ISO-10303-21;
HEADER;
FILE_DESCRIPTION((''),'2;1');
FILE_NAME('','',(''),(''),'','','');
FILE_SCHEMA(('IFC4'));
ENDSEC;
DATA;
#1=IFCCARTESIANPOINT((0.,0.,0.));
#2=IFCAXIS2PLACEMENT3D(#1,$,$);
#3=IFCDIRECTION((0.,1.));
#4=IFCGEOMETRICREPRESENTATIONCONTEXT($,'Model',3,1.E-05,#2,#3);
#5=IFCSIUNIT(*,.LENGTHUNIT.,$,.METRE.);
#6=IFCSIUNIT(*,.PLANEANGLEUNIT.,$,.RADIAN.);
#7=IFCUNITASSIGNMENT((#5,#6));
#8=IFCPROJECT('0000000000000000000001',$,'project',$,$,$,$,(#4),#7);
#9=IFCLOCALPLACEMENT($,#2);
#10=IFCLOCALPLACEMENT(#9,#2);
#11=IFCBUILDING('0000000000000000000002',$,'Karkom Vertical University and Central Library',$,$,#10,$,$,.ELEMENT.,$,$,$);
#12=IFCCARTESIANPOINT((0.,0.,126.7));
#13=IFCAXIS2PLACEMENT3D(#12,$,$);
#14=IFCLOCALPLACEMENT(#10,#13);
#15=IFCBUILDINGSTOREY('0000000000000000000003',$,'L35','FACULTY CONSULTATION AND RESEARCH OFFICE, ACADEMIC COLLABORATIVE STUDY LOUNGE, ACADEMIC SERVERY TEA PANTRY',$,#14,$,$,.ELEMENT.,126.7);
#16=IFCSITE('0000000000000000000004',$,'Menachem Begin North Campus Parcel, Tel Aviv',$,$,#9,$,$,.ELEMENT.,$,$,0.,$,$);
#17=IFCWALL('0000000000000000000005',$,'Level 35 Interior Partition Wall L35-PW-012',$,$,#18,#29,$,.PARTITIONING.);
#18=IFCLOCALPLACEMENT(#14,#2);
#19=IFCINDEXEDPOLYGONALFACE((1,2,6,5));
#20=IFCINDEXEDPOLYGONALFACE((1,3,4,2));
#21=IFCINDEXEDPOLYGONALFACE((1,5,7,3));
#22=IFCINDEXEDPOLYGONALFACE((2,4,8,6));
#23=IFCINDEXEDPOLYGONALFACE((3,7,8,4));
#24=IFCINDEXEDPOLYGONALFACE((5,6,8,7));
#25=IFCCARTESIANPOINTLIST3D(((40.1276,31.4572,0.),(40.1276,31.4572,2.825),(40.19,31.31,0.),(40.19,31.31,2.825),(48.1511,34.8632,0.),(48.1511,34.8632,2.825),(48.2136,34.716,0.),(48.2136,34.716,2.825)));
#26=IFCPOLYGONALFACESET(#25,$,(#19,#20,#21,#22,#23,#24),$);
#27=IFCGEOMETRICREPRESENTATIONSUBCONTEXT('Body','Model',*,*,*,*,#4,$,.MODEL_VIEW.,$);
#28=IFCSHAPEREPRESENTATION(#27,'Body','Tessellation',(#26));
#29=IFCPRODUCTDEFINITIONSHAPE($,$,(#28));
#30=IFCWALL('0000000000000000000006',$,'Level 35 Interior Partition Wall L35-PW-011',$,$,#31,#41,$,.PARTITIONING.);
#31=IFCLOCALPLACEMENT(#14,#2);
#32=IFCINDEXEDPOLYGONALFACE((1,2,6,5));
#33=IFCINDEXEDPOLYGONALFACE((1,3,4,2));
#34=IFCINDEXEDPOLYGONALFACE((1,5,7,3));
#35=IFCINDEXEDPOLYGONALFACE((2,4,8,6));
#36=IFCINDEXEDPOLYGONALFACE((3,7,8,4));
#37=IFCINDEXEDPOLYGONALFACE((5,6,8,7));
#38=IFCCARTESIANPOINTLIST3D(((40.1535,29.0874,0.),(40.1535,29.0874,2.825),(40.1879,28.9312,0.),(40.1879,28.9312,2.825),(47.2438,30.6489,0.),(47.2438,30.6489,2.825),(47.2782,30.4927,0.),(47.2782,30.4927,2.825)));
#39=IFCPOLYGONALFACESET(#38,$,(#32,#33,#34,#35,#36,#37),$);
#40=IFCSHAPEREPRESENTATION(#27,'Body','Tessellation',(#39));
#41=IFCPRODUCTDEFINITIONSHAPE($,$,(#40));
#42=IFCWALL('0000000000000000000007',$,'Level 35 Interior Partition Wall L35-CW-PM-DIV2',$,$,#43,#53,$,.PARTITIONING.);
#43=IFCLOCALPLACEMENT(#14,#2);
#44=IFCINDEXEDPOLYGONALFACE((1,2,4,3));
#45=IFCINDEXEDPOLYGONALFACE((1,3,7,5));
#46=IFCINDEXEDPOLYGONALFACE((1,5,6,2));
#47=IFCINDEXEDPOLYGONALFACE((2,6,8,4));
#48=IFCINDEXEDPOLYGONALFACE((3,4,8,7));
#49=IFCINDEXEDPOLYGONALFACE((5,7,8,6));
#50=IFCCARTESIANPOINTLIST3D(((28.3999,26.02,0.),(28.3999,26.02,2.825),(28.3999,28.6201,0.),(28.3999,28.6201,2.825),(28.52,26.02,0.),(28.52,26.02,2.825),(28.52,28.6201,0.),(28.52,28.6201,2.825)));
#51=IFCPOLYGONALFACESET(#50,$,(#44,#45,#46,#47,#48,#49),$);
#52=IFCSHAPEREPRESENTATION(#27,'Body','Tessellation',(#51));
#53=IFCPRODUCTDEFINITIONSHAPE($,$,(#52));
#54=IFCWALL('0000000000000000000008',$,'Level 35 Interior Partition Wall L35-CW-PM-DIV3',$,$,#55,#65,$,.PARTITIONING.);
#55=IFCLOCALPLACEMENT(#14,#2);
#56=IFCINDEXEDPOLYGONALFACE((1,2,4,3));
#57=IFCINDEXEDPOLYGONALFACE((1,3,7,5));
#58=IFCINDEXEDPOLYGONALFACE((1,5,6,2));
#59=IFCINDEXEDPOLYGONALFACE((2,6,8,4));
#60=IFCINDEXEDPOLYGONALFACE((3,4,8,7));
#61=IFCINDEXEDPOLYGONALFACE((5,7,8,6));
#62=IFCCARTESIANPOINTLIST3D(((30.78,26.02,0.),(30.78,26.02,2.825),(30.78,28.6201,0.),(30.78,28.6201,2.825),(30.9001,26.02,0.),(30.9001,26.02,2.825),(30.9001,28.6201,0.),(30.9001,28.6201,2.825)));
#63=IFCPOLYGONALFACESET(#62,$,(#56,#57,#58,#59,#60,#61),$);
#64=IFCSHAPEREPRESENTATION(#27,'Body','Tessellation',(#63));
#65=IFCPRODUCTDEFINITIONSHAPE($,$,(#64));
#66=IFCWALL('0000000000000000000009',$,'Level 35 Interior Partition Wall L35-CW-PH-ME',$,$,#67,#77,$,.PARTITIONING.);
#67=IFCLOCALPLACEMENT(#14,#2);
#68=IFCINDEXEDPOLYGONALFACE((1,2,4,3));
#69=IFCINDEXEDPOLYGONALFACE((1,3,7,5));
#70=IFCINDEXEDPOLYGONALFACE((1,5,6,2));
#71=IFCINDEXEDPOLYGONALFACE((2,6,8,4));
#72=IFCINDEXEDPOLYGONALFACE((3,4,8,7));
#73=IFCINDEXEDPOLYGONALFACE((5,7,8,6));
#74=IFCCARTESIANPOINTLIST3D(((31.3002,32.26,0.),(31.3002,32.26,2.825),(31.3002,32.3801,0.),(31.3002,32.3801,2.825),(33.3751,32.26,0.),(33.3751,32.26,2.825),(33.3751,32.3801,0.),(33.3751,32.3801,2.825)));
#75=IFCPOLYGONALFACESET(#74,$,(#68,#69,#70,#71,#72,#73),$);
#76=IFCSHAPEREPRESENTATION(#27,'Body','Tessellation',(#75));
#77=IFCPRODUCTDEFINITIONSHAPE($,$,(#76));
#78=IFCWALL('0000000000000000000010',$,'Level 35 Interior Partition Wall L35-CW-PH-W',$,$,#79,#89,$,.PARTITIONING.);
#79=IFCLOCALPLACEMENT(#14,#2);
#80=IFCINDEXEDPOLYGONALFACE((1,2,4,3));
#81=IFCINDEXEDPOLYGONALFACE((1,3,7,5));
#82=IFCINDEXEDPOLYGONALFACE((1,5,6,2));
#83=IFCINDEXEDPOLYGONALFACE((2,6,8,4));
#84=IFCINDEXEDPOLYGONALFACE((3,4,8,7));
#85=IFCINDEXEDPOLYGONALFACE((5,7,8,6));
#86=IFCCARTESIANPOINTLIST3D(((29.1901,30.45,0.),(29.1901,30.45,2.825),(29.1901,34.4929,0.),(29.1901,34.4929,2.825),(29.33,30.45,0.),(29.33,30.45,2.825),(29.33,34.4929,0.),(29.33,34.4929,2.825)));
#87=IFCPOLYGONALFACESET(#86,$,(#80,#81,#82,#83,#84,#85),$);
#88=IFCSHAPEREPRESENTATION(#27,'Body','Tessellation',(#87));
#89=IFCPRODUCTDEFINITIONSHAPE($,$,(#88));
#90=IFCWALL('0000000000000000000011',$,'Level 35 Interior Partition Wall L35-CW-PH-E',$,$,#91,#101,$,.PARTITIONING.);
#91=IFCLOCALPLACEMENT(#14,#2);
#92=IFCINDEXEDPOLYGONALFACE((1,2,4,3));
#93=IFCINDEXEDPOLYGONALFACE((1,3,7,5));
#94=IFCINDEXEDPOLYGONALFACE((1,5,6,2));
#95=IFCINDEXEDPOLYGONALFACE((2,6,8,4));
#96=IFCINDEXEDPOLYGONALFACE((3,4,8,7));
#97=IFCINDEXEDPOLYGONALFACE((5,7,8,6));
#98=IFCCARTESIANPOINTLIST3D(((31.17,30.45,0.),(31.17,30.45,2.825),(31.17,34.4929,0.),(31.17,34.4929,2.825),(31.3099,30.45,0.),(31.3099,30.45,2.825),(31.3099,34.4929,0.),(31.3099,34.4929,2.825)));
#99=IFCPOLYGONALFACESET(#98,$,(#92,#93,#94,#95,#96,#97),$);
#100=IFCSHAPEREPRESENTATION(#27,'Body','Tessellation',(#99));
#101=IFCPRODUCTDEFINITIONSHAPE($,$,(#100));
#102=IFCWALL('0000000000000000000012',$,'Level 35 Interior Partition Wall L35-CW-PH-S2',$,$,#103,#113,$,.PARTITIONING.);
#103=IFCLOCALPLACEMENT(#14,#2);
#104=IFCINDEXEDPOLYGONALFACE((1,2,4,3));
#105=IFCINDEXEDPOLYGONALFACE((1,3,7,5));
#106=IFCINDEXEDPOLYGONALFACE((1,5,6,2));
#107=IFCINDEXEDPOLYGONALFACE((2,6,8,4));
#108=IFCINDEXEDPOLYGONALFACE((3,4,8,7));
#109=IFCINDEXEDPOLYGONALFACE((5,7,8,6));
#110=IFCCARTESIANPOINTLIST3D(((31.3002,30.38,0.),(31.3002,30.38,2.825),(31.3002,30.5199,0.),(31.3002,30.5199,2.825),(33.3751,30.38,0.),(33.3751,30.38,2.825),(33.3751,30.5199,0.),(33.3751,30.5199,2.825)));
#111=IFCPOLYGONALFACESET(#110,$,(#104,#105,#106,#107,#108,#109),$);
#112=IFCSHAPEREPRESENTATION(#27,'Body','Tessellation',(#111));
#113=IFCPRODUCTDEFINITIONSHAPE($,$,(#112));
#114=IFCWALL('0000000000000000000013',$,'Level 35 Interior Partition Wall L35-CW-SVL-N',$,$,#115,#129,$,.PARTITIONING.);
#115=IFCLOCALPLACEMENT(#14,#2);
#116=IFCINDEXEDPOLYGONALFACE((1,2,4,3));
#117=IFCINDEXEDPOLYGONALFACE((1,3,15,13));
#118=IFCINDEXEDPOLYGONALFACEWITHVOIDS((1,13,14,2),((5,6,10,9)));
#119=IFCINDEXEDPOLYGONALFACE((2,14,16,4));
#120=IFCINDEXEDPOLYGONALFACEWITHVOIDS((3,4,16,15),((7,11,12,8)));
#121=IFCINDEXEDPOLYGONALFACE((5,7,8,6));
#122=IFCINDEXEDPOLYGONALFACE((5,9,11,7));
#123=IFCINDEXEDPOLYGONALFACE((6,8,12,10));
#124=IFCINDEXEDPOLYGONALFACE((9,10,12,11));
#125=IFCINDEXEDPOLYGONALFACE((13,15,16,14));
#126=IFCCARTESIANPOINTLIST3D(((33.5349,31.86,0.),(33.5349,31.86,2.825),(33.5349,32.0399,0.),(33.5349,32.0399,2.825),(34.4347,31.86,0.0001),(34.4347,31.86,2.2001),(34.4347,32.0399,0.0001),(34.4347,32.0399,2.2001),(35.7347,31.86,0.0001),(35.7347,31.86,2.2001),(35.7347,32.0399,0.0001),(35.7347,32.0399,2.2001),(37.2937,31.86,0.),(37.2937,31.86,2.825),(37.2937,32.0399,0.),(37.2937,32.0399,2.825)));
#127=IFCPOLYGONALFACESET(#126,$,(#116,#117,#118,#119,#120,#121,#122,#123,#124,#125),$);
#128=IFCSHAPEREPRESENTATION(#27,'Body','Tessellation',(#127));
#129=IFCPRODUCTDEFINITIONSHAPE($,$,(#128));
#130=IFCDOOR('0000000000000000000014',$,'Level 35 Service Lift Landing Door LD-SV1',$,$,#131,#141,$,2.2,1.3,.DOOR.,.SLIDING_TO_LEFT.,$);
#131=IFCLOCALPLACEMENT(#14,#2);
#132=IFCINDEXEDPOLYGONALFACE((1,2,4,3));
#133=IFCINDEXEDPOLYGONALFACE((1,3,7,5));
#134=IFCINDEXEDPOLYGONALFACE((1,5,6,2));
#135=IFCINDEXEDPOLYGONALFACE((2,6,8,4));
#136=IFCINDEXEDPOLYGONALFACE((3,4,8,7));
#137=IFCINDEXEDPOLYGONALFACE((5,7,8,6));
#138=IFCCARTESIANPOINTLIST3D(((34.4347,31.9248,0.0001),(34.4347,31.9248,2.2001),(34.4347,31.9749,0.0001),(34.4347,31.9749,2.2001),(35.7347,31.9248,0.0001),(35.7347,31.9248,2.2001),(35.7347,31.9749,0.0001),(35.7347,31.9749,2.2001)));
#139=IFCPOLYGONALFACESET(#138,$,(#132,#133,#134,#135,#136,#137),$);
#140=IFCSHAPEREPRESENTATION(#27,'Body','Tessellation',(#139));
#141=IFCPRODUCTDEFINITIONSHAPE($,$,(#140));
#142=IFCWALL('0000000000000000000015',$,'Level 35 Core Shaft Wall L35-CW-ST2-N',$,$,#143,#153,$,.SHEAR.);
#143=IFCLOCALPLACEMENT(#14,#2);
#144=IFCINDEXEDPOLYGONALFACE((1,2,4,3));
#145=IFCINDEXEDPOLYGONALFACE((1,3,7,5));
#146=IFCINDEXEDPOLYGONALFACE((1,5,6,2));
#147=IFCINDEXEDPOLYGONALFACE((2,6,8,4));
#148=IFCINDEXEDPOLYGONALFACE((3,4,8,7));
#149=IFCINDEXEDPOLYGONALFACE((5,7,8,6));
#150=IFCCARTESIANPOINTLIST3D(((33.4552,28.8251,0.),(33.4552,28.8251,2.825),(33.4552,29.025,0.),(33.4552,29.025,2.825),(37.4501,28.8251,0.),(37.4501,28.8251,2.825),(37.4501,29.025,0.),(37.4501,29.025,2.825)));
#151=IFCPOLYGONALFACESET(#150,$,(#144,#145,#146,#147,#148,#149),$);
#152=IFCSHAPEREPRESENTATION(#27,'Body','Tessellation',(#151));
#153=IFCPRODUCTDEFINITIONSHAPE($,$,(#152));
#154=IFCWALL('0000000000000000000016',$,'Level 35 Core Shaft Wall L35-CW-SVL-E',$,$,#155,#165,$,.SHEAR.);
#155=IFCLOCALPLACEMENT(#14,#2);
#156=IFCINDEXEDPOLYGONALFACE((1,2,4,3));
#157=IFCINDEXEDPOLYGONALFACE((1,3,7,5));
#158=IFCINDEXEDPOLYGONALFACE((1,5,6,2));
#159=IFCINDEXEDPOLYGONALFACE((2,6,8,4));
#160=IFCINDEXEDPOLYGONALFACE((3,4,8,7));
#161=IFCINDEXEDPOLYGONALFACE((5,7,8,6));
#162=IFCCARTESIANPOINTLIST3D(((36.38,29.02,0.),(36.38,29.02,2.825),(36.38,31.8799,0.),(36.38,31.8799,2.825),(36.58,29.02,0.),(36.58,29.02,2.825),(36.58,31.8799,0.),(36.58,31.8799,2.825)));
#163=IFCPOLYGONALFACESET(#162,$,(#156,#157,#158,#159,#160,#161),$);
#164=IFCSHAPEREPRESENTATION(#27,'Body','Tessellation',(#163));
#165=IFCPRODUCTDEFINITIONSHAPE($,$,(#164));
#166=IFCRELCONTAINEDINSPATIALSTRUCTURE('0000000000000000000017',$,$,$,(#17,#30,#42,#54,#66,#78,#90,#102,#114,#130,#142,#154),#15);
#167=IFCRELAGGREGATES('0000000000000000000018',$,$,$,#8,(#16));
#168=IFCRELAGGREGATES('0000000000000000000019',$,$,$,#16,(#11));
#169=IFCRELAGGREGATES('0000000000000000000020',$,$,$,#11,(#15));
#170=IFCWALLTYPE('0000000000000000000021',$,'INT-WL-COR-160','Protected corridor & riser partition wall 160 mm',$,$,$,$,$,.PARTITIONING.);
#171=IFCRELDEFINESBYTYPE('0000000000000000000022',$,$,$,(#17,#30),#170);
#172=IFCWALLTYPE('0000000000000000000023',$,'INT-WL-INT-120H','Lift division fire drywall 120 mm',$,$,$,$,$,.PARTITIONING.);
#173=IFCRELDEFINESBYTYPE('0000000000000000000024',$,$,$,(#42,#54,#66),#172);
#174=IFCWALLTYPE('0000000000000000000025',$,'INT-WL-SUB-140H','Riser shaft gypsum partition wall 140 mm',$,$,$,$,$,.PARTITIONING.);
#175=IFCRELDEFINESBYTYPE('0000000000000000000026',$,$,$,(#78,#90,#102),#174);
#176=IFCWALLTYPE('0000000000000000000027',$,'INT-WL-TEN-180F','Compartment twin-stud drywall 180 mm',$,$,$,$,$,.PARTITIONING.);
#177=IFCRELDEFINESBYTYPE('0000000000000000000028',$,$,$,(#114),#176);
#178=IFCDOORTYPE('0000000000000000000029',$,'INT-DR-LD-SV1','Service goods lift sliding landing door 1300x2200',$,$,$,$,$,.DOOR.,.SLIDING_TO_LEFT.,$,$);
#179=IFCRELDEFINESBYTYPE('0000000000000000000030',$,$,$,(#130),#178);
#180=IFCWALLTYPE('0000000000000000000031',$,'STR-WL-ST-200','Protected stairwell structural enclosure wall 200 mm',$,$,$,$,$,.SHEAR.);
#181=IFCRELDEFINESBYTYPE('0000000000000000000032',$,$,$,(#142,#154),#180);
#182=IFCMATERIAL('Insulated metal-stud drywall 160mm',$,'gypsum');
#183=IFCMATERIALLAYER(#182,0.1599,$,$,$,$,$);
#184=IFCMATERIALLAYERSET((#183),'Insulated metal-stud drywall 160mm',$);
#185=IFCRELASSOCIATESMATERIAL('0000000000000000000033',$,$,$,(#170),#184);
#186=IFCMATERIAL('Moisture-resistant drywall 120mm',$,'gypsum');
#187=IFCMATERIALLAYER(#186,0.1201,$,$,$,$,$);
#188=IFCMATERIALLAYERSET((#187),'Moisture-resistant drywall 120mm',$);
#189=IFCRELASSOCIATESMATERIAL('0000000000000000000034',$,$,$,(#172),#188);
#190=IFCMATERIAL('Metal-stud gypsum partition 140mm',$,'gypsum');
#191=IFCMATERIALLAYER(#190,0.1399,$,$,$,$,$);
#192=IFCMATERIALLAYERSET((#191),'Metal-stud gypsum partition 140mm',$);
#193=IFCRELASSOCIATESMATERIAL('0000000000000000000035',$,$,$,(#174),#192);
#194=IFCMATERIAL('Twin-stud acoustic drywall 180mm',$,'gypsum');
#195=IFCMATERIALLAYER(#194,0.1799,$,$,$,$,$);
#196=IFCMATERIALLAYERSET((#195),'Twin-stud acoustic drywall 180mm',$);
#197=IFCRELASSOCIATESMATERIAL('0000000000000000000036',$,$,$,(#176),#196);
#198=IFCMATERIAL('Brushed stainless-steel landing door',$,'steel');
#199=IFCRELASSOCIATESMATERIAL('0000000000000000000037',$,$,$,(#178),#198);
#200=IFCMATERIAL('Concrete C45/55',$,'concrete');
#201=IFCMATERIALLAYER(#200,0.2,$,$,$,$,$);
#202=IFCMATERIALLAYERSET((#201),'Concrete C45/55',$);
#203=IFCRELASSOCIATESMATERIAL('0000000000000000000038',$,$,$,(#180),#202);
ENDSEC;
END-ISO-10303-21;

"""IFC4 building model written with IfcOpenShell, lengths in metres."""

from ifc_helpers import new_model, si_unit, direction, frame, frame_2d, origin, origin_with_axes, place, context, subcontext, project, spatial, rectangle, extrude, source, transform, mapped, material, layer, layer_set, type_object, element, fill, save


model = new_model("IFC4")

# Units and contexts
model_context = context("Model", 3, precision=1e-05, world=origin(), true_north=direction((0.0, 1.0)))
body_context = subcontext(model_context, "Body", "Model", "MODEL_VIEW")
ifc_project = project(units=[si_unit("LENGTHUNIT", "METRE"), si_unit("PLANEANGLEUNIT", "RADIAN")], contexts=[model_context])

# Site, building, storey
site_placement = place(None, origin())
site = spatial("IfcSite", under=ifc_project, at=site_placement, Name="Menachem Begin North Campus Parcel, Tel Aviv", CompositionType="ELEMENT", RefElevation=0.0)
building_placement = place(site_placement, origin())
building = spatial("IfcBuilding", under=site, at=building_placement, Name="Karkom Vertical University and Central Library", CompositionType="ELEMENT")
storey_placement = place(building_placement, frame((0.0, 0.0, 126.7)))
storey = spatial("IfcBuildingStorey", under=building, at=storey_placement, Name="L35", Description="FACULTY CONSULTATION AND RESEARCH OFFICE, ACADEMIC COLLABORATIVE STUDY LOUNGE, ACADEMIC SERVERY TEA PANTRY", CompositionType="ELEMENT", Elevation=126.7)

# Walls
ifc_material_1 = material(Name="Insulated metal-stud drywall 160mm", Category="gypsum")
ifc_layer_1 = layer(ifc_material_1, 0.1599)
ifc_layer_set_1 = layer_set([ifc_layer_1], Name="Insulated metal-stud drywall 160mm")
wall_type_1 = type_object("IfcWallType", Name="INT-WL-COR-160", Description="Protected corridor & riser partition wall 160 mm", PredefinedType="PARTITIONING", material=ifc_layer_set_1)
wall_1_placement = place(storey_placement, frame((40.1587, 31.3835, 0.0), z_axis=(0.0, 0.0, 1.0), x_axis=(0.920498, 0.390746, 0.0)))
element("IfcWall", 1, at=wall_1_placement, inside=storey, type_object=wall_type_1, Name="Level 35 Interior Partition Wall L35-PW-012", PredefinedType="PARTITIONING", context=body_context, shape_type="SweptSolid", body=[
    extrude(rectangle(XDim=8.7166, YDim=0.1599, at=frame_2d((4.3584, 0.0))), origin(), (0.0, 0.0, 1.0), 2.825),
])
wall_2_placement = place(storey_placement, frame((40.1707, 29.0093, 0.0), z_axis=(0.0, 0.0, 1.0), x_axis=(0.976597, 0.215079, 0.0)))
element("IfcWall", 2, at=wall_2_placement, inside=storey, type_object=wall_type_1, Name="Level 35 Interior Partition Wall L35-PW-011", PredefinedType="PARTITIONING", context=body_context, shape_type="SweptSolid", body=[
    extrude(rectangle(XDim=7.2603, YDim=0.1599, at=frame_2d((3.6301, 0.0))), origin(), (0.0, 0.0, 1.0), 2.825),
])
ifc_material_2 = material(Name="Moisture-resistant drywall 120mm", Category="gypsum")
ifc_layer_2 = layer(ifc_material_2, 0.1201)
ifc_layer_set_2 = layer_set([ifc_layer_2], Name="Moisture-resistant drywall 120mm")
wall_type_2 = type_object("IfcWallType", Name="INT-WL-INT-120H", Description="Lift division fire drywall 120 mm", PredefinedType="PARTITIONING", material=ifc_layer_set_2)
for number, where, z_axis, x_axis, name in (
    (3, (28.46, 26.02, 0.0), (0.0, 0.0, 1.0), (0.0, 1.0, 0.0), "Level 35 Interior Partition Wall L35-CW-PM-DIV2"),
    (4, (30.8401, 26.02, 0.0), (0.0, 0.0, 1.0), (0.0, 1.0, 0.0), "Level 35 Interior Partition Wall L35-CW-PM-DIV3"),
):
    element("IfcWall", number, at=place(storey_placement, frame(where, z_axis=z_axis, x_axis=x_axis)), inside=storey, type_object=wall_type_2, Name=name, PredefinedType="PARTITIONING", context=body_context, shape_type="SweptSolid", body=[
        extrude(rectangle(XDim=2.6001, YDim=0.1201, at=frame_2d((1.3, 0.0))), origin(), (0.0, 0.0, 1.0), 2.825),
    ])
wall_3_placement = place(storey_placement, frame((31.3, 32.3201, 0.0), z_axis=(0.0, 0.0, 1.0), x_axis=(1.0, 0.0, 0.0)))
element("IfcWall", 5, at=wall_3_placement, inside=storey, type_object=wall_type_2, Name="Level 35 Interior Partition Wall L35-CW-PH-ME", PredefinedType="PARTITIONING", context=body_context, shape_type="SweptSolid", body=[
    extrude(rectangle(XDim=2.075, YDim=0.1201, at=frame_2d((1.0376, 0.0))), origin(), (0.0, 0.0, 1.0), 2.825),
])
ifc_material_3 = material(Name="Metal-stud gypsum partition 140mm", Category="gypsum")
ifc_layer_3 = layer(ifc_material_3, 0.1399)
ifc_layer_set_3 = layer_set([ifc_layer_3], Name="Metal-stud gypsum partition 140mm")
wall_type_3 = type_object("IfcWallType", Name="INT-WL-SUB-140H", Description="Riser shaft gypsum partition wall 140 mm", PredefinedType="PARTITIONING", material=ifc_layer_set_3)
for number, where, z_axis, x_axis, name in (
    (6, (29.26, 30.45, 0.0), (0.0, 0.0, 1.0), (0.0, 1.0, 0.0), "Level 35 Interior Partition Wall L35-CW-PH-W"),
    (7, (31.24, 30.45, 0.0), (0.0, 0.0, 1.0), (0.0, 1.0, 0.0), "Level 35 Interior Partition Wall L35-CW-PH-E"),
):
    element("IfcWall", number, at=place(storey_placement, frame(where, z_axis=z_axis, x_axis=x_axis)), inside=storey, type_object=wall_type_3, Name=name, PredefinedType="PARTITIONING", context=body_context, shape_type="SweptSolid", body=[
        extrude(rectangle(XDim=4.043, YDim=0.1399, at=frame_2d((2.0215, 0.0))), origin(), (0.0, 0.0, 1.0), 2.825),
    ])
wall_4_placement = place(storey_placement, frame((31.3, 30.45, 0.0), z_axis=(0.0, 0.0, 1.0), x_axis=(1.0, 0.0, 0.0)))
element("IfcWall", 8, at=wall_4_placement, inside=storey, type_object=wall_type_3, Name="Level 35 Interior Partition Wall L35-CW-PH-S2", PredefinedType="PARTITIONING", context=body_context, shape_type="SweptSolid", body=[
    extrude(rectangle(XDim=2.075, YDim=0.1399, at=frame_2d((1.0376, 0.0))), origin(), (0.0, 0.0, 1.0), 2.825),
])

# Wall, opening, door
ifc_material_4 = material(Name="Twin-stud acoustic drywall 180mm", Category="gypsum")
ifc_layer_4 = layer(ifc_material_4, 0.1799)
ifc_layer_set_4 = layer_set([ifc_layer_4], Name="Twin-stud acoustic drywall 180mm")
wall_type_4 = type_object("IfcWallType", Name="INT-WL-TEN-180F", Description="Compartment twin-stud drywall 180 mm", PredefinedType="PARTITIONING", material=ifc_layer_set_4)
wall_5_placement = place(storey_placement, frame((33.5349, 31.95, 0.0), z_axis=(0.0, 0.0, 1.0), x_axis=(1.0, 0.0, 0.0)))
wall_5 = element("IfcWall", 9, at=wall_5_placement, inside=storey, type_object=wall_type_4, Name="Level 35 Interior Partition Wall L35-CW-SVL-N", PredefinedType="PARTITIONING", context=body_context, shape_type="SweptSolid", body=[
    extrude(rectangle(XDim=3.7588, YDim=0.1799, at=frame_2d((1.8794, 0.0))), origin(), (0.0, 0.0, 1.0), 2.825),
])
opening_1_placement = place(wall_5_placement, frame((0.8999, 0.0, 0.0)))
opening_1 = element("IfcOpeningElement", 10, at=opening_1_placement, cuts=wall_5, PredefinedType="OPENING", context=body_context, shape_type="SweptSolid", body=[
    extrude(rectangle(XDim=1.3, YDim=2.2, at=frame_2d((0.6499, 1.1001))), frame((0.0, 0.1001, 0.0), z_axis=(0.0, -1.0, 0.0), x_axis=(1.0, 0.0, 0.0)), (0.0, 0.0, 1.0), 0.2),
])
ifc_material_5 = material(Name="Brushed stainless-steel landing door", Category="steel")
door_type_1 = type_object("IfcDoorType", Name="INT-DR-LD-SV1", Description="Service goods lift sliding landing door 1300x2200", OperationType="SLIDING_TO_LEFT", PredefinedType="DOOR", material=ifc_material_5)
shared_shape_1 = source(origin_with_axes(), body_context, "Body", "SweptSolid", [
    extrude(rectangle(XDim=1.3, YDim=2.2, at=frame_2d((0.6499, 1.1001))), frame((0.0, 0.0249, 0.0), z_axis=(0.0, -1.0, 0.0), x_axis=(1.0, 0.0, 0.0)), (0.0, 0.0, 1.0), 0.05),
])
door_1_placement = place(opening_1_placement, origin())
door_1 = element("IfcDoor", 11, at=door_1_placement, inside=storey, type_object=door_type_1, Name="Level 35 Service Lift Landing Door LD-SV1", OperationType="SLIDING_TO_LEFT", OverallHeight=2.2, OverallWidth=1.3, PredefinedType="DOOR", context=body_context, shape_type="MappedRepresentation", body=[
    mapped(shared_shape_1, transform((0.0, 0.0, 0.0), scale=1.0)),
])
fill(opening_1, door_1)

# Walls
ifc_material_6 = material(Name="Concrete C45/55", Category="concrete")
ifc_layer_5 = layer(ifc_material_6, 0.2)
ifc_layer_set_5 = layer_set([ifc_layer_5], Name="Concrete C45/55")
wall_type_5 = type_object("IfcWallType", Name="STR-WL-ST-200", Description="Protected stairwell structural enclosure wall 200 mm", PredefinedType="SHEAR", material=ifc_layer_set_5)
wall_6_placement = place(storey_placement, frame((33.4551, 28.925, 0.0), z_axis=(0.0, 0.0, 1.0), x_axis=(1.0, 0.0, 0.0)))
element("IfcWall", 12, at=wall_6_placement, inside=storey, type_object=wall_type_5, Name="Level 35 Core Shaft Wall L35-CW-ST2-N", PredefinedType="SHEAR", context=body_context, shape_type="SweptSolid", body=[
    extrude(rectangle(XDim=3.9949, YDim=0.2, at=frame_2d((1.9976, 0.0))), origin(), (0.0, 0.0, 1.0), 2.825),
])
wall_7_placement = place(storey_placement, frame((36.48, 29.02, 0.0), z_axis=(0.0, 0.0, 1.0), x_axis=(0.0, 1.0, 0.0)))
element("IfcWall", 13, at=wall_7_placement, inside=storey, type_object=wall_type_5, Name="Level 35 Core Shaft Wall L35-CW-SVL-E", PredefinedType="SHEAR", context=body_context, shape_type="SweptSolid", body=[
    extrude(rectangle(XDim=2.8599, YDim=0.2, at=frame_2d((1.4299, 0.0))), origin(), (0.0, 0.0, 1.0), 2.825),
])

save(model, "model.ifc")
